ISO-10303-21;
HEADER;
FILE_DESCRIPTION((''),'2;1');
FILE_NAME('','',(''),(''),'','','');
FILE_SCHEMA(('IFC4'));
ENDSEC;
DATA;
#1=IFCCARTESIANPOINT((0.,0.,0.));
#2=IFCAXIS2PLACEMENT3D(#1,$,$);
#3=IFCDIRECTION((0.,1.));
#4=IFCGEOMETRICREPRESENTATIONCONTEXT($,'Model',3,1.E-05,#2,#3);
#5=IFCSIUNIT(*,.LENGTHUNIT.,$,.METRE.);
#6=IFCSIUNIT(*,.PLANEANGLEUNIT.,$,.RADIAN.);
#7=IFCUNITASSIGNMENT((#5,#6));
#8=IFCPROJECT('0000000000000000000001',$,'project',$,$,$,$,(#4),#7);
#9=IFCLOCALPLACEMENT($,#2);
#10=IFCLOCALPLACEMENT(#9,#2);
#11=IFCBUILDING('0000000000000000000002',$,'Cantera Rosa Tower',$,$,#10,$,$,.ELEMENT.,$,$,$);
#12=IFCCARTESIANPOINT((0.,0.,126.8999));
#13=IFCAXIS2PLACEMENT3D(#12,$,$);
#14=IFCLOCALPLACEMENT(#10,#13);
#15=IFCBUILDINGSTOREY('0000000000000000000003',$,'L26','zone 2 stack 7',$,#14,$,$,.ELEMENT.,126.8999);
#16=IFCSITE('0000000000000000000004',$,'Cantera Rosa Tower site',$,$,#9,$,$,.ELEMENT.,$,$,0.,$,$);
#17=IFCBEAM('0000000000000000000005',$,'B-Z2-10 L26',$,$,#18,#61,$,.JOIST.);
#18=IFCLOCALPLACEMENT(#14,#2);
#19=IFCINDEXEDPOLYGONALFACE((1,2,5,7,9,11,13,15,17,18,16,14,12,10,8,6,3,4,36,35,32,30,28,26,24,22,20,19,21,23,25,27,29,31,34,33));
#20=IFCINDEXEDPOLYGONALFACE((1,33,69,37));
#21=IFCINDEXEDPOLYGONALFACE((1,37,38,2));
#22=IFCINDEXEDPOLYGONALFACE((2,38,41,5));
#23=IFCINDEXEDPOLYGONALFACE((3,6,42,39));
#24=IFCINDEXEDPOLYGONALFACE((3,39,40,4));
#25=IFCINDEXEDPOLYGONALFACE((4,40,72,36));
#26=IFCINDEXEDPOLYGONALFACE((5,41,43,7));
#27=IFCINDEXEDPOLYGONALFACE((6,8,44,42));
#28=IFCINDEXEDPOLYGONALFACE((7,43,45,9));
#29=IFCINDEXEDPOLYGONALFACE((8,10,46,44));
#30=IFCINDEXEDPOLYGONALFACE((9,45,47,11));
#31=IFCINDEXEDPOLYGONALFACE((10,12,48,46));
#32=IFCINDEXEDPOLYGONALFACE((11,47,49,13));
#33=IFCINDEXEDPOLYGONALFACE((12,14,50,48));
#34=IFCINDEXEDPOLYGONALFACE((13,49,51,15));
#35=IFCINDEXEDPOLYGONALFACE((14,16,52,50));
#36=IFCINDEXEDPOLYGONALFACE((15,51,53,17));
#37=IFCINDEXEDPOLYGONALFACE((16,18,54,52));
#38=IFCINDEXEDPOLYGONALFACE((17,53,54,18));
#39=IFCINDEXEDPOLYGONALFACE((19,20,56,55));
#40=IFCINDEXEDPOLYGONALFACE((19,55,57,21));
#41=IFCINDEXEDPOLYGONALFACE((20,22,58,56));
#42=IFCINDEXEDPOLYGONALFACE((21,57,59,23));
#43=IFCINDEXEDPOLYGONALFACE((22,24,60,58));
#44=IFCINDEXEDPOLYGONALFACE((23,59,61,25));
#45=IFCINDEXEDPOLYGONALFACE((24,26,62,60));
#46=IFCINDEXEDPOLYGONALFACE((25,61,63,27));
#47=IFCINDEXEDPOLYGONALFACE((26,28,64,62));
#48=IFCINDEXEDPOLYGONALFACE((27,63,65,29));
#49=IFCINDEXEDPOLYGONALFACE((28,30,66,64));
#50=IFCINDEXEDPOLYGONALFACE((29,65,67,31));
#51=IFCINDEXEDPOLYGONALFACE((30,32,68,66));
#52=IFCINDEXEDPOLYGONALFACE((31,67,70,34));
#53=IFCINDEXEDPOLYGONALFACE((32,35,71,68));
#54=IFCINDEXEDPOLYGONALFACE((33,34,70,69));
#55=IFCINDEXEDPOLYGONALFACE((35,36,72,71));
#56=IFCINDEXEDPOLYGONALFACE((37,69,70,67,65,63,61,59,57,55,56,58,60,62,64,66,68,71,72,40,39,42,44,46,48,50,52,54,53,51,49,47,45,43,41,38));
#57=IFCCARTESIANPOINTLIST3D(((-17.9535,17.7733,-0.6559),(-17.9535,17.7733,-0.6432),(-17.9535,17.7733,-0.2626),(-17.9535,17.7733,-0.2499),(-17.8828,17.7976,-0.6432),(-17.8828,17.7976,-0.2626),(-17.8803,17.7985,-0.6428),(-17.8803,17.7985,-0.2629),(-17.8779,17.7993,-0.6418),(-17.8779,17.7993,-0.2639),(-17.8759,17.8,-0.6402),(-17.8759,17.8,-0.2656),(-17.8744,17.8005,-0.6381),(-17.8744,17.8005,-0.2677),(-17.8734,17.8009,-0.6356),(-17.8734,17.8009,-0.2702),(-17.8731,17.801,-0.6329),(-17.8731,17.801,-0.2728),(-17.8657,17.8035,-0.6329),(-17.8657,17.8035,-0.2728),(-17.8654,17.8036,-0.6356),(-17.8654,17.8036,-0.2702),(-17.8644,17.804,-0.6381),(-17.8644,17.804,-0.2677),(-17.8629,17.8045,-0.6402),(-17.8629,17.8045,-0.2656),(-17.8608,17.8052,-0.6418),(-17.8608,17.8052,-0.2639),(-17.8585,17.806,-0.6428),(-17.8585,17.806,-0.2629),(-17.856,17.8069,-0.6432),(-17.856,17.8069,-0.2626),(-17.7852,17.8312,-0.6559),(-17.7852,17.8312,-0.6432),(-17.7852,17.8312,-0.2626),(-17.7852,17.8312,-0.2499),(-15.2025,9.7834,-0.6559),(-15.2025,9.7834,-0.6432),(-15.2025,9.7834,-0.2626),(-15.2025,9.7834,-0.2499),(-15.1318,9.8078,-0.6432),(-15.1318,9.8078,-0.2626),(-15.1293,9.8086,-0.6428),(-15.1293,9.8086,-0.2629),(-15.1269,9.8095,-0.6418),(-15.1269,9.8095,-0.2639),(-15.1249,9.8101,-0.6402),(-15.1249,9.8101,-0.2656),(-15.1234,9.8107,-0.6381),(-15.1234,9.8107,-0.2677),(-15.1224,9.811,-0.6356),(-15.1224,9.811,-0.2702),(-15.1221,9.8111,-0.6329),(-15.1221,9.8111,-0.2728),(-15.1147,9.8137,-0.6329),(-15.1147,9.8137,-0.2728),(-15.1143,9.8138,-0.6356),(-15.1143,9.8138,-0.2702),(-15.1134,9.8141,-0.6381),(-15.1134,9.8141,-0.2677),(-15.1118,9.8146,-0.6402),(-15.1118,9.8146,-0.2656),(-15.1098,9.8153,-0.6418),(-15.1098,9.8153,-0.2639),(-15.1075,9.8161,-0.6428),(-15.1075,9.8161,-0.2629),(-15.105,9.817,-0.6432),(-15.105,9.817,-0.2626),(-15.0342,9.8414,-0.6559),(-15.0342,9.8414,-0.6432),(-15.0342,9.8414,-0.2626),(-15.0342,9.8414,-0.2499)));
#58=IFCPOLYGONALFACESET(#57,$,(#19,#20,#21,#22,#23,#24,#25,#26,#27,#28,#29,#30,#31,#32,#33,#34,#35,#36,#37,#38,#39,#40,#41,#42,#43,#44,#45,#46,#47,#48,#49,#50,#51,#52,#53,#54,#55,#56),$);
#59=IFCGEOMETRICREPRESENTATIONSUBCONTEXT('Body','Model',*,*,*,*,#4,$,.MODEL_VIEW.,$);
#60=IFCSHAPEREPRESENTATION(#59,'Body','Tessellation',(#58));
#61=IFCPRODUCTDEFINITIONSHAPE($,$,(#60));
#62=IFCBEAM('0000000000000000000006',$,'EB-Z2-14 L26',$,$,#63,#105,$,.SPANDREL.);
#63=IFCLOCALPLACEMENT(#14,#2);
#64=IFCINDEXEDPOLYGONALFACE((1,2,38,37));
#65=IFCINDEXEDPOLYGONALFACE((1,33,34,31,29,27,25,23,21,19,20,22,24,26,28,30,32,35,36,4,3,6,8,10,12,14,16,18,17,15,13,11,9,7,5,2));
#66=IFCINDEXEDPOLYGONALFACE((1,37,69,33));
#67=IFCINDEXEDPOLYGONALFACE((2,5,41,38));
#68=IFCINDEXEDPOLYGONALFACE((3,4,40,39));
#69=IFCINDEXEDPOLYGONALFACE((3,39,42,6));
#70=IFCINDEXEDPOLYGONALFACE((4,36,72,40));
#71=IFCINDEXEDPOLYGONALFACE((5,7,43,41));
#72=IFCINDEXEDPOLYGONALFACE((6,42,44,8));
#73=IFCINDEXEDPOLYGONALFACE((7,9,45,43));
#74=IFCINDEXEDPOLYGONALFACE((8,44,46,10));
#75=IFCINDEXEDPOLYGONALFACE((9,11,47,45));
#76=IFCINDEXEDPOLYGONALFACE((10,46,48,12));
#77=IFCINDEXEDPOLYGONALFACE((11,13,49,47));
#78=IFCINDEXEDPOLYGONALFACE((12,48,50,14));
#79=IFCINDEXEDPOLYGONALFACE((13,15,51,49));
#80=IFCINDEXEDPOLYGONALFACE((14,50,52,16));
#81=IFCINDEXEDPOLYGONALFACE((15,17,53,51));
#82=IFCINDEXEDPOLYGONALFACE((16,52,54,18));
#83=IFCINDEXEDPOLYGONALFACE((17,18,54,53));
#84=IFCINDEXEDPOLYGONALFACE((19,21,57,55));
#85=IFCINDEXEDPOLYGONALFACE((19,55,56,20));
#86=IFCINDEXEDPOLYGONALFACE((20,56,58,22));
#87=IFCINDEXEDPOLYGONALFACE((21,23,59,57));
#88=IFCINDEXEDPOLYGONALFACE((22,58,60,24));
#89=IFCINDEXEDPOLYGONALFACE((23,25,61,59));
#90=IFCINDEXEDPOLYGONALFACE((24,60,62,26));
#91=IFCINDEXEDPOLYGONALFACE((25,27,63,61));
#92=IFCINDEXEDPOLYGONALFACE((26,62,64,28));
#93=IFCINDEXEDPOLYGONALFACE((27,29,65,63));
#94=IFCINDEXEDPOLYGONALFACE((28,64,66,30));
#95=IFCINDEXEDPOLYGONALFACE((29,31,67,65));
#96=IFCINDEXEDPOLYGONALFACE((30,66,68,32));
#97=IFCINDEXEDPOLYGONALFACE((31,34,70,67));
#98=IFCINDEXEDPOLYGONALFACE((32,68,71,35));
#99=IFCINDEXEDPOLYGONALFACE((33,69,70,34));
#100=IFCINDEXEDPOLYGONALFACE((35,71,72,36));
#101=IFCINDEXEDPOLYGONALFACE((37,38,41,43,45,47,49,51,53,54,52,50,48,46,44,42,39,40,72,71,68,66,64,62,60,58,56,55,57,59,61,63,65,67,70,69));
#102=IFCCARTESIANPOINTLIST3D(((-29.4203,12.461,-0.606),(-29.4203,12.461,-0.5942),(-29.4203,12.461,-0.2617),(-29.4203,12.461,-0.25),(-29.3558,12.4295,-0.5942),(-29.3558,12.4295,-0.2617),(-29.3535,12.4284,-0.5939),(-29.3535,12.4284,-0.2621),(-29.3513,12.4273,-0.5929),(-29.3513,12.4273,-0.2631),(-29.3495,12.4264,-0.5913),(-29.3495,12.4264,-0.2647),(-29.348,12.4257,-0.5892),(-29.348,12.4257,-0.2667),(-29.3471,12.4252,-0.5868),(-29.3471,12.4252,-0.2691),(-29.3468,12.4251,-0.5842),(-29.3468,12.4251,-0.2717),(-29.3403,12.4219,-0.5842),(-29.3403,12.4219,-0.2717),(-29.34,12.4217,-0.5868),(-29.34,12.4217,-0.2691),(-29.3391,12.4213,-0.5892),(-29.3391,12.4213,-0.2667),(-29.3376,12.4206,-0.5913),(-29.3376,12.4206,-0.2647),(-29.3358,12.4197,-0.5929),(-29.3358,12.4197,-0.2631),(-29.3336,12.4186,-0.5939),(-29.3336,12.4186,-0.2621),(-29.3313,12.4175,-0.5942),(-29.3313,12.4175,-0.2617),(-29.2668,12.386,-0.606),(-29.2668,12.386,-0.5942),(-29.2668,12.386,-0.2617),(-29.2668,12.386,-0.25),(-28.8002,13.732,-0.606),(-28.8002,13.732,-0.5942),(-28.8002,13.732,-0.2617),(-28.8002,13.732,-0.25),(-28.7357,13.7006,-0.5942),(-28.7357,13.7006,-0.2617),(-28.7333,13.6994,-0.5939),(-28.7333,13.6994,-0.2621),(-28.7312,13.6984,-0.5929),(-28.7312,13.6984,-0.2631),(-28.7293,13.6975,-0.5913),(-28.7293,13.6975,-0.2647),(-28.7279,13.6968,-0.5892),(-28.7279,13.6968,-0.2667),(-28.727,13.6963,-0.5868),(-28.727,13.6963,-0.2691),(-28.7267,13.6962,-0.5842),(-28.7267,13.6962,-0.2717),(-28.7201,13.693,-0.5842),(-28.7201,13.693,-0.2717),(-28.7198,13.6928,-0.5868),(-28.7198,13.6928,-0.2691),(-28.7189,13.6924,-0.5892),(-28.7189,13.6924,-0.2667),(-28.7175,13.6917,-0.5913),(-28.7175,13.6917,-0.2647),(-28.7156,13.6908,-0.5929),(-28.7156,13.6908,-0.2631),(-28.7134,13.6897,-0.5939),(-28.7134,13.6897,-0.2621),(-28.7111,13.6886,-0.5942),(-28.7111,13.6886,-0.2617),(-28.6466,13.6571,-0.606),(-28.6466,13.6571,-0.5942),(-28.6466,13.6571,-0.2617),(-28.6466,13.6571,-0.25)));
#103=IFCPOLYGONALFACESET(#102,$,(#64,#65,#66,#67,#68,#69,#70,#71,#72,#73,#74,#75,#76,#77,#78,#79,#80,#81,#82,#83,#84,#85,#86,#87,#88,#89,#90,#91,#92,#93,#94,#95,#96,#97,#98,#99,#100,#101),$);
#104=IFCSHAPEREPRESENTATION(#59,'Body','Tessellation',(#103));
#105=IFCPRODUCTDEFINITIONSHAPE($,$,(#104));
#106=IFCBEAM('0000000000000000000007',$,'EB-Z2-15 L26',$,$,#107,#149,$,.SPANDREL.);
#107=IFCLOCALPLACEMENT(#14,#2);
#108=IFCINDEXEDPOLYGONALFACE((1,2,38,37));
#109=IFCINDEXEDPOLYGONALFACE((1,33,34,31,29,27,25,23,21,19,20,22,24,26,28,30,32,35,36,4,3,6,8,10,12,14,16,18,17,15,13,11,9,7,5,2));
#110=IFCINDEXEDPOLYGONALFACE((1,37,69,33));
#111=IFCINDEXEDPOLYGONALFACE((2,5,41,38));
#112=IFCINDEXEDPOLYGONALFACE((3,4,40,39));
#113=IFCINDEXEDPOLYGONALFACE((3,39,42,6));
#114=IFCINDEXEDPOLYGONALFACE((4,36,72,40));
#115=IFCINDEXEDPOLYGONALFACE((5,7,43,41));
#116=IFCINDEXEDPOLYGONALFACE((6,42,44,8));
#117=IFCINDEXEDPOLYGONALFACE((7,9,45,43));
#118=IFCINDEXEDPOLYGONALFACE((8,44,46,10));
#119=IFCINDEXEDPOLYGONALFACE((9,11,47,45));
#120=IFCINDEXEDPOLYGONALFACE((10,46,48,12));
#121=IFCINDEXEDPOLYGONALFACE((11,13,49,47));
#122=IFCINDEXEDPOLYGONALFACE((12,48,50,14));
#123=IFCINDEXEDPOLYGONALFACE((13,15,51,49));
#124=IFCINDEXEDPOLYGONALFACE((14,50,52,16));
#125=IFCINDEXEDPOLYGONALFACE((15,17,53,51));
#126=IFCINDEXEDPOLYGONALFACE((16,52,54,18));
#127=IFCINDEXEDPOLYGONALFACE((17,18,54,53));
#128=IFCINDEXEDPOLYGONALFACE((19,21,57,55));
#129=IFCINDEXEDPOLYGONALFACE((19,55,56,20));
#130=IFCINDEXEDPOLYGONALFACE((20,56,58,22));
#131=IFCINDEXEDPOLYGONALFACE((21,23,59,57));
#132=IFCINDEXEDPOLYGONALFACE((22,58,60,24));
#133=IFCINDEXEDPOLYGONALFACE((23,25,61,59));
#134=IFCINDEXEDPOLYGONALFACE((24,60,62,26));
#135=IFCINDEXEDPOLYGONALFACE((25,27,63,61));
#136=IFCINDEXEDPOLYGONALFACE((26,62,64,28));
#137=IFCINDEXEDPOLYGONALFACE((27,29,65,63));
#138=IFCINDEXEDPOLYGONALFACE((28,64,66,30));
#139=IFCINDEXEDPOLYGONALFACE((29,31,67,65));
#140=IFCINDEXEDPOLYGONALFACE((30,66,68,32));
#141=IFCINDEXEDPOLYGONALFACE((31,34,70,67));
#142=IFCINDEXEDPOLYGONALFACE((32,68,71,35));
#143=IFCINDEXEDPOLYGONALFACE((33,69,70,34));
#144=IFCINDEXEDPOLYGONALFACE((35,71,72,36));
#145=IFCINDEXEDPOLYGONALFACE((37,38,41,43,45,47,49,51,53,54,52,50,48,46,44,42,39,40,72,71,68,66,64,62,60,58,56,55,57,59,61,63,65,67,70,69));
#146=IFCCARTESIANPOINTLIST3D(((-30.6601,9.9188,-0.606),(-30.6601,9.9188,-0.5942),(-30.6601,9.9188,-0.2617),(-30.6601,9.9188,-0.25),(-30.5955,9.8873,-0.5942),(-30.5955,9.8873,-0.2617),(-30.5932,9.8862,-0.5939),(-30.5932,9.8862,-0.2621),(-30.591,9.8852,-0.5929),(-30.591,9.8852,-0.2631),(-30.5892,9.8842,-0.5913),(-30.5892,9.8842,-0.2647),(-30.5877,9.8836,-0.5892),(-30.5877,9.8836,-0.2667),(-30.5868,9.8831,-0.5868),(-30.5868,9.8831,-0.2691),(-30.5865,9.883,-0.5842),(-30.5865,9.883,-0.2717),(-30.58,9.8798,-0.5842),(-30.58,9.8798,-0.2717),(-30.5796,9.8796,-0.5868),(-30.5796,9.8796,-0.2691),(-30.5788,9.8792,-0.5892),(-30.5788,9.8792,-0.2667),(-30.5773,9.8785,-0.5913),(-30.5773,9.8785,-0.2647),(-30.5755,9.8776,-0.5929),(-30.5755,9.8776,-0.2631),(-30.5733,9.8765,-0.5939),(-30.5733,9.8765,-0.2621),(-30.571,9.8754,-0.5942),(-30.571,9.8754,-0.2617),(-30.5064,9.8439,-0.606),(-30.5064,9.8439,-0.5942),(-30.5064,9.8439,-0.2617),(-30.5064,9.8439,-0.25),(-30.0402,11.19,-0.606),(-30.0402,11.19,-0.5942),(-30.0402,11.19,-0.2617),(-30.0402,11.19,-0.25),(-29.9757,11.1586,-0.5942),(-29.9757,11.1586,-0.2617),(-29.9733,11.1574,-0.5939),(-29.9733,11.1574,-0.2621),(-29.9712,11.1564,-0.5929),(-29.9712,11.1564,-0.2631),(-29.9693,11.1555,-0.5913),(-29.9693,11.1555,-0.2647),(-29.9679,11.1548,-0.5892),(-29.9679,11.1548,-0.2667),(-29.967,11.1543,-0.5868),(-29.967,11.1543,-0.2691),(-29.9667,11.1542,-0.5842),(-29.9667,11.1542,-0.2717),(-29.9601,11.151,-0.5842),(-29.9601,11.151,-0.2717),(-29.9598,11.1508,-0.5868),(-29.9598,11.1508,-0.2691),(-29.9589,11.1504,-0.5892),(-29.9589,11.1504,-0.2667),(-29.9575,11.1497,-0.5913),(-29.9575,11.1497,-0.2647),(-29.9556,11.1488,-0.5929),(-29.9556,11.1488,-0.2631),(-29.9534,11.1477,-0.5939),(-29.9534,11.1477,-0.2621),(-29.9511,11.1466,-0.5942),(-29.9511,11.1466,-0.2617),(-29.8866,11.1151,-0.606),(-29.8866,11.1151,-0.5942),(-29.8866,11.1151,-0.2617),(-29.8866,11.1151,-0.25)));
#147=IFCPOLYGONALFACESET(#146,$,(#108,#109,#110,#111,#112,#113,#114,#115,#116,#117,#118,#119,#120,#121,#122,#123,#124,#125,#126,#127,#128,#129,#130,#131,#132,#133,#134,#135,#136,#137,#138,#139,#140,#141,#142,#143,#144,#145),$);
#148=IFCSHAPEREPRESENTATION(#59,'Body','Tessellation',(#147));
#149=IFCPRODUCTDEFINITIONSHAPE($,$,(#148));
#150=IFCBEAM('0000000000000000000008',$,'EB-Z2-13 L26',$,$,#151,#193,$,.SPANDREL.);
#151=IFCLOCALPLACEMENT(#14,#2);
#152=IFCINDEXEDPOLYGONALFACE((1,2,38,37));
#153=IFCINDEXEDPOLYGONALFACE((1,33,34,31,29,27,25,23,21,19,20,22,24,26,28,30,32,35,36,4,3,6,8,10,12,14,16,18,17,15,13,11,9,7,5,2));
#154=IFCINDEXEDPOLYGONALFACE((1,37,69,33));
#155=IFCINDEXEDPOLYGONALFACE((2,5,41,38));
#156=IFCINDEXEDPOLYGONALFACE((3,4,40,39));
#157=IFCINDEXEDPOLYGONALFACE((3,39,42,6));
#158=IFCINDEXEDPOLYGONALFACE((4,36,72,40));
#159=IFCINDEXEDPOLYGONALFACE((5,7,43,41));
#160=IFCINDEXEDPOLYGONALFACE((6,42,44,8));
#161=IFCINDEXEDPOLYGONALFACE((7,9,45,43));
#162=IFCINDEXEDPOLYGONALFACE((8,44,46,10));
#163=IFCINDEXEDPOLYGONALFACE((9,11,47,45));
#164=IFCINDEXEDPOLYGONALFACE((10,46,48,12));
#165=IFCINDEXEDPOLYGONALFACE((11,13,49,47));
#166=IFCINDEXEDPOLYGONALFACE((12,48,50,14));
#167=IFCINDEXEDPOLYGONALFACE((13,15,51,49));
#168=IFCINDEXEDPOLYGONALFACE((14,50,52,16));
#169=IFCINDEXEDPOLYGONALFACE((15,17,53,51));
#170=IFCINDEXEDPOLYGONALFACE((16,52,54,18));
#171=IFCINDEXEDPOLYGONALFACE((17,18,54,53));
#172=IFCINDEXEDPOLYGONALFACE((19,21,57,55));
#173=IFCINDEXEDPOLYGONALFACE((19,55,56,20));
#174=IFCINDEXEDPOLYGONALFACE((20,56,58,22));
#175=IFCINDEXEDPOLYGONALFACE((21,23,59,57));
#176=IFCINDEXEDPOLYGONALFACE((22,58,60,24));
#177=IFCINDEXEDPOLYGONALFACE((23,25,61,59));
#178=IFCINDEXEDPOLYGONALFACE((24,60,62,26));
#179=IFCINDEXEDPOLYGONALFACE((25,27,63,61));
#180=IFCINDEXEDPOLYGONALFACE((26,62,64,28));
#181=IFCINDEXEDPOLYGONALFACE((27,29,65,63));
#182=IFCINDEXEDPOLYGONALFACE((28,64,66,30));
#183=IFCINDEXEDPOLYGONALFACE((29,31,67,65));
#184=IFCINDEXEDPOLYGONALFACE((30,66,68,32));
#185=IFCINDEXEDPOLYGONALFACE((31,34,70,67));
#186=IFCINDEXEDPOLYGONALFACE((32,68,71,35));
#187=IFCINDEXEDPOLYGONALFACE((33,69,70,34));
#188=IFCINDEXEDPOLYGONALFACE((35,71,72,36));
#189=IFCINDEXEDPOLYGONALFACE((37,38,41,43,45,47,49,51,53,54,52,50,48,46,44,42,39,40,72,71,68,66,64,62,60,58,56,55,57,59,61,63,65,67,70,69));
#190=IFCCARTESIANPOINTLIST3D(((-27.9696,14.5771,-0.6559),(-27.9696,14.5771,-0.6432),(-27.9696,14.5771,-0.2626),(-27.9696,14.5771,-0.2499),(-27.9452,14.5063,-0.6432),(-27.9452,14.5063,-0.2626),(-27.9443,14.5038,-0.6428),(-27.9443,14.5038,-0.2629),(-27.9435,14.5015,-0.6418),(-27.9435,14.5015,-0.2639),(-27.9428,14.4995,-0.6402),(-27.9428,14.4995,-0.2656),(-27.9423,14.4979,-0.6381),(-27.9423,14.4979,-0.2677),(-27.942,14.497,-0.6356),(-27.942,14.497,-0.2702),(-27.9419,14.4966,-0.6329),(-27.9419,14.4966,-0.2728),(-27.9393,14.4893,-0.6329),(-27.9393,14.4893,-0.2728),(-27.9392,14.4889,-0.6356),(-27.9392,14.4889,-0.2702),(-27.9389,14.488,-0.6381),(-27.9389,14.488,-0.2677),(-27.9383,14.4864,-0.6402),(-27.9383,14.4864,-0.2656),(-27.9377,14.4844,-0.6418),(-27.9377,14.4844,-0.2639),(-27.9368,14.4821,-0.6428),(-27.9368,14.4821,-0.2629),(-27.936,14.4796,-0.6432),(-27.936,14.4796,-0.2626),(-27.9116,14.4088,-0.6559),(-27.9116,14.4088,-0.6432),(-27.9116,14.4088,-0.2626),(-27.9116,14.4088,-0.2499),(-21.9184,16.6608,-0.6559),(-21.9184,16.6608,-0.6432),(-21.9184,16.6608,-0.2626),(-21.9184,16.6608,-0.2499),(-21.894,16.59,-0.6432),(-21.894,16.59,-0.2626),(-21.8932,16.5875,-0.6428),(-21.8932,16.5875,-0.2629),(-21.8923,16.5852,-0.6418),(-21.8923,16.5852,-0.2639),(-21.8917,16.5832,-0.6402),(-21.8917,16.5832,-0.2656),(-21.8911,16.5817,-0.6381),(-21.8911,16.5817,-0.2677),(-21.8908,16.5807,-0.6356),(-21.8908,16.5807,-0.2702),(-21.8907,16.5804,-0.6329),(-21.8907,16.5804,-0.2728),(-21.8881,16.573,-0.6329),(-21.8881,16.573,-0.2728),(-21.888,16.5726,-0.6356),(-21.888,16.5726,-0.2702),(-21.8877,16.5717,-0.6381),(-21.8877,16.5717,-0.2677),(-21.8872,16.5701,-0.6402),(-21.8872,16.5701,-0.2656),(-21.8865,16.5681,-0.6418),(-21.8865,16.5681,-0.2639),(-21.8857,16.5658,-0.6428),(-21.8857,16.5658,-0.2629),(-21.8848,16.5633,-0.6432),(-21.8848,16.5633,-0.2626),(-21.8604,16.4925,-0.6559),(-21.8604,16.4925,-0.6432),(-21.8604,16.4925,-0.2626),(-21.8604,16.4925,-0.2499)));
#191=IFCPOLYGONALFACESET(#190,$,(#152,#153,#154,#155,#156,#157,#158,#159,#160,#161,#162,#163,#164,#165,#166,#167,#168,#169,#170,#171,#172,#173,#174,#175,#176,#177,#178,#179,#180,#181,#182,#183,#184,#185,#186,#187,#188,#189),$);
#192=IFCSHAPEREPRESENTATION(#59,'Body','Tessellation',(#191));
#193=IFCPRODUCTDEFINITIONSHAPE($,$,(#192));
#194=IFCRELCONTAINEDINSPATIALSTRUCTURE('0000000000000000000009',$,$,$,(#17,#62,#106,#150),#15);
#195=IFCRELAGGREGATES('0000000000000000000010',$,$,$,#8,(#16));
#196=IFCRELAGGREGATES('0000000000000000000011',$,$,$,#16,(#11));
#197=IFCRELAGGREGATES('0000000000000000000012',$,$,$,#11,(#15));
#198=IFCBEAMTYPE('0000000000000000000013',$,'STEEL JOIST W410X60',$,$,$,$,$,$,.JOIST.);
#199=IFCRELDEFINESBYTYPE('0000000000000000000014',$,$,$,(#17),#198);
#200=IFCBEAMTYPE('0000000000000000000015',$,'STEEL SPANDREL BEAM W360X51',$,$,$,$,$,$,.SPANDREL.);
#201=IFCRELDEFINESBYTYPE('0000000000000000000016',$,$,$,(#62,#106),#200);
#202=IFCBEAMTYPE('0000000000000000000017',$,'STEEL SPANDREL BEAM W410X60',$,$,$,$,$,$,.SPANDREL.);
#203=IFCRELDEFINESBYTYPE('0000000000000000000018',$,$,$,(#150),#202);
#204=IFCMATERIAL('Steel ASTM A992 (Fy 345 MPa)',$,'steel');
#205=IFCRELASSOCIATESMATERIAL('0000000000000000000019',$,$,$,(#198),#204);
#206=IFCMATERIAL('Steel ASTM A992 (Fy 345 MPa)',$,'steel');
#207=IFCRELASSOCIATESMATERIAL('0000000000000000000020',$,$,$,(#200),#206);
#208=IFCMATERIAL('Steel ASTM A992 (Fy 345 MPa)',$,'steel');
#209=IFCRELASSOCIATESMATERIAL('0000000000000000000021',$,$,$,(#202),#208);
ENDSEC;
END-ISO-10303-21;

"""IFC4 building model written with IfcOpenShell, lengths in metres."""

from ifc_helpers import new_model, si_unit, direction, frame, origin, origin_2d, place, context, subcontext, project, spatial, i_section, extrude, material, material_profile, profile_set, type_object, element, save


model = new_model("IFC4")

# Units and contexts
model_context = context("Model", 3, precision=1e-05, world=origin(), true_north=direction((0.0, 1.0)))
body_context = subcontext(model_context, "Body", "Model", "MODEL_VIEW")
ifc_project = project(units=[si_unit("LENGTHUNIT", "METRE"), si_unit("PLANEANGLEUNIT", "RADIAN")], contexts=[model_context])

# Site, building, storey
site_placement = place(None, origin())
site = spatial("IfcSite", under=ifc_project, at=site_placement, Name="Cantera Rosa Tower site", CompositionType="ELEMENT", RefElevation=0.0)
building_placement = place(site_placement, origin())
building = spatial("IfcBuilding", under=site, at=building_placement, Name="Cantera Rosa Tower", CompositionType="ELEMENT")
storey_placement = place(building_placement, frame((0.0, 0.0, 126.8999)))
storey = spatial("IfcBuildingStorey", under=building, at=storey_placement, Name="L26", Description="zone 2 stack 7", CompositionType="ELEMENT", Elevation=126.8999)

# Beams
ifc_material_1 = material(Name="Steel ASTM A992 (Fy 345 MPa)", Category="steel")
ifc_material_profile_1 = material_profile(ifc_material_1, i_section(OverallWidth=0.178, OverallDepth=0.406, WebThickness=0.0078, FlangeThickness=0.0127, FilletRadius=0.0103, at=origin_2d()), Name="W410X60")
ifc_profile_set_1 = profile_set([ifc_material_profile_1], Name="Steel ASTM A992 (Fy 345 MPa)")
beam_type_1 = type_object("IfcBeamType", Name="STEEL JOIST W410X60", PredefinedType="JOIST", material=ifc_profile_set_1)
beam_1_placement = place(storey_placement, frame((-17.8694, 17.8022, -0.4529), z_axis=(0.325556, -0.945523, 0.0), x_axis=(0.945523, 0.325556, 0.0)))
element("IfcBeam", 1, at=beam_1_placement, inside=storey, type_object=beam_type_1, Name="B-Z2-10 L26", PredefinedType="JOIST", context=body_context, shape_type="SweptSolid", body=[
    extrude(i_section(OverallWidth=0.178, OverallDepth=0.406, WebThickness=0.0078, FlangeThickness=0.0127, FilletRadius=0.0103, at=origin_2d()), origin(), (0.0, 0.0, 1.0), 8.4502),
])
ifc_material_2 = material(Name="Steel ASTM A992 (Fy 345 MPa)", Category="steel")
ifc_material_profile_2 = material_profile(ifc_material_2, i_section(OverallWidth=0.1709, OverallDepth=0.356, WebThickness=0.0073, FlangeThickness=0.0117, FilletRadius=0.01, at=origin_2d()), Name="W360X51")
ifc_profile_set_2 = profile_set([ifc_material_profile_2], Name="Steel ASTM A992 (Fy 345 MPa)")
beam_type_2 = type_object("IfcBeamType", Name="STEEL SPANDREL BEAM W360X51", PredefinedType="SPANDREL", material=ifc_profile_set_2)
for number, where, z_axis, x_axis, name in (
    (2, (-28.7234, 13.6946, -0.428), (-0.438492, -0.898735, 0.0), (0.898735, -0.438492, 0.0), "EB-Z2-14 L26"),
    (3, (-29.9634, 11.1526, -0.428), (-0.438284, -0.898836, 0.0), (0.898836, -0.438284, 0.0), "EB-Z2-15 L26"),
):
    element("IfcBeam", number, at=place(storey_placement, frame(where, z_axis=z_axis, x_axis=x_axis)), inside=storey, type_object=beam_type_2, Name=name, PredefinedType="SPANDREL", context=body_context, shape_type="SweptSolid", body=[
        extrude(i_section(OverallWidth=0.1709, OverallDepth=0.356, WebThickness=0.0073, FlangeThickness=0.0117, FilletRadius=0.01, at=origin_2d()), origin(), (0.0, 0.0, 1.0), 1.4143),
    ])
ifc_material_3 = material(Name="Steel ASTM A992 (Fy 345 MPa)", Category="steel")
ifc_material_profile_3 = material_profile(ifc_material_3, i_section(OverallWidth=0.178, OverallDepth=0.406, WebThickness=0.0078, FlangeThickness=0.0127, FilletRadius=0.0103, at=origin_2d()), Name="W410X60")
ifc_profile_set_3 = profile_set([ifc_material_profile_3], Name="Steel ASTM A992 (Fy 345 MPa)")
beam_type_3 = type_object("IfcBeamType", Name="STEEL SPANDREL BEAM W410X60", PredefinedType="SPANDREL", material=ifc_profile_set_3)
beam_2_placement = place(storey_placement, frame((-21.8894, 16.5767, -0.4529), z_axis=(-0.945513, -0.325585, 0.0), x_axis=(0.325585, -0.945513, 0.0)))
element("IfcBeam", 4, at=beam_2_placement, inside=storey, type_object=beam_type_3, Name="EB-Z2-13 L26", PredefinedType="SPANDREL", context=body_context, shape_type="SweptSolid", body=[
    extrude(i_section(OverallWidth=0.178, OverallDepth=0.406, WebThickness=0.0078, FlangeThickness=0.0127, FilletRadius=0.0103, at=origin_2d()), origin(), (0.0, 0.0, 1.0), 6.3999),
])

save(model, "model.ifc")
